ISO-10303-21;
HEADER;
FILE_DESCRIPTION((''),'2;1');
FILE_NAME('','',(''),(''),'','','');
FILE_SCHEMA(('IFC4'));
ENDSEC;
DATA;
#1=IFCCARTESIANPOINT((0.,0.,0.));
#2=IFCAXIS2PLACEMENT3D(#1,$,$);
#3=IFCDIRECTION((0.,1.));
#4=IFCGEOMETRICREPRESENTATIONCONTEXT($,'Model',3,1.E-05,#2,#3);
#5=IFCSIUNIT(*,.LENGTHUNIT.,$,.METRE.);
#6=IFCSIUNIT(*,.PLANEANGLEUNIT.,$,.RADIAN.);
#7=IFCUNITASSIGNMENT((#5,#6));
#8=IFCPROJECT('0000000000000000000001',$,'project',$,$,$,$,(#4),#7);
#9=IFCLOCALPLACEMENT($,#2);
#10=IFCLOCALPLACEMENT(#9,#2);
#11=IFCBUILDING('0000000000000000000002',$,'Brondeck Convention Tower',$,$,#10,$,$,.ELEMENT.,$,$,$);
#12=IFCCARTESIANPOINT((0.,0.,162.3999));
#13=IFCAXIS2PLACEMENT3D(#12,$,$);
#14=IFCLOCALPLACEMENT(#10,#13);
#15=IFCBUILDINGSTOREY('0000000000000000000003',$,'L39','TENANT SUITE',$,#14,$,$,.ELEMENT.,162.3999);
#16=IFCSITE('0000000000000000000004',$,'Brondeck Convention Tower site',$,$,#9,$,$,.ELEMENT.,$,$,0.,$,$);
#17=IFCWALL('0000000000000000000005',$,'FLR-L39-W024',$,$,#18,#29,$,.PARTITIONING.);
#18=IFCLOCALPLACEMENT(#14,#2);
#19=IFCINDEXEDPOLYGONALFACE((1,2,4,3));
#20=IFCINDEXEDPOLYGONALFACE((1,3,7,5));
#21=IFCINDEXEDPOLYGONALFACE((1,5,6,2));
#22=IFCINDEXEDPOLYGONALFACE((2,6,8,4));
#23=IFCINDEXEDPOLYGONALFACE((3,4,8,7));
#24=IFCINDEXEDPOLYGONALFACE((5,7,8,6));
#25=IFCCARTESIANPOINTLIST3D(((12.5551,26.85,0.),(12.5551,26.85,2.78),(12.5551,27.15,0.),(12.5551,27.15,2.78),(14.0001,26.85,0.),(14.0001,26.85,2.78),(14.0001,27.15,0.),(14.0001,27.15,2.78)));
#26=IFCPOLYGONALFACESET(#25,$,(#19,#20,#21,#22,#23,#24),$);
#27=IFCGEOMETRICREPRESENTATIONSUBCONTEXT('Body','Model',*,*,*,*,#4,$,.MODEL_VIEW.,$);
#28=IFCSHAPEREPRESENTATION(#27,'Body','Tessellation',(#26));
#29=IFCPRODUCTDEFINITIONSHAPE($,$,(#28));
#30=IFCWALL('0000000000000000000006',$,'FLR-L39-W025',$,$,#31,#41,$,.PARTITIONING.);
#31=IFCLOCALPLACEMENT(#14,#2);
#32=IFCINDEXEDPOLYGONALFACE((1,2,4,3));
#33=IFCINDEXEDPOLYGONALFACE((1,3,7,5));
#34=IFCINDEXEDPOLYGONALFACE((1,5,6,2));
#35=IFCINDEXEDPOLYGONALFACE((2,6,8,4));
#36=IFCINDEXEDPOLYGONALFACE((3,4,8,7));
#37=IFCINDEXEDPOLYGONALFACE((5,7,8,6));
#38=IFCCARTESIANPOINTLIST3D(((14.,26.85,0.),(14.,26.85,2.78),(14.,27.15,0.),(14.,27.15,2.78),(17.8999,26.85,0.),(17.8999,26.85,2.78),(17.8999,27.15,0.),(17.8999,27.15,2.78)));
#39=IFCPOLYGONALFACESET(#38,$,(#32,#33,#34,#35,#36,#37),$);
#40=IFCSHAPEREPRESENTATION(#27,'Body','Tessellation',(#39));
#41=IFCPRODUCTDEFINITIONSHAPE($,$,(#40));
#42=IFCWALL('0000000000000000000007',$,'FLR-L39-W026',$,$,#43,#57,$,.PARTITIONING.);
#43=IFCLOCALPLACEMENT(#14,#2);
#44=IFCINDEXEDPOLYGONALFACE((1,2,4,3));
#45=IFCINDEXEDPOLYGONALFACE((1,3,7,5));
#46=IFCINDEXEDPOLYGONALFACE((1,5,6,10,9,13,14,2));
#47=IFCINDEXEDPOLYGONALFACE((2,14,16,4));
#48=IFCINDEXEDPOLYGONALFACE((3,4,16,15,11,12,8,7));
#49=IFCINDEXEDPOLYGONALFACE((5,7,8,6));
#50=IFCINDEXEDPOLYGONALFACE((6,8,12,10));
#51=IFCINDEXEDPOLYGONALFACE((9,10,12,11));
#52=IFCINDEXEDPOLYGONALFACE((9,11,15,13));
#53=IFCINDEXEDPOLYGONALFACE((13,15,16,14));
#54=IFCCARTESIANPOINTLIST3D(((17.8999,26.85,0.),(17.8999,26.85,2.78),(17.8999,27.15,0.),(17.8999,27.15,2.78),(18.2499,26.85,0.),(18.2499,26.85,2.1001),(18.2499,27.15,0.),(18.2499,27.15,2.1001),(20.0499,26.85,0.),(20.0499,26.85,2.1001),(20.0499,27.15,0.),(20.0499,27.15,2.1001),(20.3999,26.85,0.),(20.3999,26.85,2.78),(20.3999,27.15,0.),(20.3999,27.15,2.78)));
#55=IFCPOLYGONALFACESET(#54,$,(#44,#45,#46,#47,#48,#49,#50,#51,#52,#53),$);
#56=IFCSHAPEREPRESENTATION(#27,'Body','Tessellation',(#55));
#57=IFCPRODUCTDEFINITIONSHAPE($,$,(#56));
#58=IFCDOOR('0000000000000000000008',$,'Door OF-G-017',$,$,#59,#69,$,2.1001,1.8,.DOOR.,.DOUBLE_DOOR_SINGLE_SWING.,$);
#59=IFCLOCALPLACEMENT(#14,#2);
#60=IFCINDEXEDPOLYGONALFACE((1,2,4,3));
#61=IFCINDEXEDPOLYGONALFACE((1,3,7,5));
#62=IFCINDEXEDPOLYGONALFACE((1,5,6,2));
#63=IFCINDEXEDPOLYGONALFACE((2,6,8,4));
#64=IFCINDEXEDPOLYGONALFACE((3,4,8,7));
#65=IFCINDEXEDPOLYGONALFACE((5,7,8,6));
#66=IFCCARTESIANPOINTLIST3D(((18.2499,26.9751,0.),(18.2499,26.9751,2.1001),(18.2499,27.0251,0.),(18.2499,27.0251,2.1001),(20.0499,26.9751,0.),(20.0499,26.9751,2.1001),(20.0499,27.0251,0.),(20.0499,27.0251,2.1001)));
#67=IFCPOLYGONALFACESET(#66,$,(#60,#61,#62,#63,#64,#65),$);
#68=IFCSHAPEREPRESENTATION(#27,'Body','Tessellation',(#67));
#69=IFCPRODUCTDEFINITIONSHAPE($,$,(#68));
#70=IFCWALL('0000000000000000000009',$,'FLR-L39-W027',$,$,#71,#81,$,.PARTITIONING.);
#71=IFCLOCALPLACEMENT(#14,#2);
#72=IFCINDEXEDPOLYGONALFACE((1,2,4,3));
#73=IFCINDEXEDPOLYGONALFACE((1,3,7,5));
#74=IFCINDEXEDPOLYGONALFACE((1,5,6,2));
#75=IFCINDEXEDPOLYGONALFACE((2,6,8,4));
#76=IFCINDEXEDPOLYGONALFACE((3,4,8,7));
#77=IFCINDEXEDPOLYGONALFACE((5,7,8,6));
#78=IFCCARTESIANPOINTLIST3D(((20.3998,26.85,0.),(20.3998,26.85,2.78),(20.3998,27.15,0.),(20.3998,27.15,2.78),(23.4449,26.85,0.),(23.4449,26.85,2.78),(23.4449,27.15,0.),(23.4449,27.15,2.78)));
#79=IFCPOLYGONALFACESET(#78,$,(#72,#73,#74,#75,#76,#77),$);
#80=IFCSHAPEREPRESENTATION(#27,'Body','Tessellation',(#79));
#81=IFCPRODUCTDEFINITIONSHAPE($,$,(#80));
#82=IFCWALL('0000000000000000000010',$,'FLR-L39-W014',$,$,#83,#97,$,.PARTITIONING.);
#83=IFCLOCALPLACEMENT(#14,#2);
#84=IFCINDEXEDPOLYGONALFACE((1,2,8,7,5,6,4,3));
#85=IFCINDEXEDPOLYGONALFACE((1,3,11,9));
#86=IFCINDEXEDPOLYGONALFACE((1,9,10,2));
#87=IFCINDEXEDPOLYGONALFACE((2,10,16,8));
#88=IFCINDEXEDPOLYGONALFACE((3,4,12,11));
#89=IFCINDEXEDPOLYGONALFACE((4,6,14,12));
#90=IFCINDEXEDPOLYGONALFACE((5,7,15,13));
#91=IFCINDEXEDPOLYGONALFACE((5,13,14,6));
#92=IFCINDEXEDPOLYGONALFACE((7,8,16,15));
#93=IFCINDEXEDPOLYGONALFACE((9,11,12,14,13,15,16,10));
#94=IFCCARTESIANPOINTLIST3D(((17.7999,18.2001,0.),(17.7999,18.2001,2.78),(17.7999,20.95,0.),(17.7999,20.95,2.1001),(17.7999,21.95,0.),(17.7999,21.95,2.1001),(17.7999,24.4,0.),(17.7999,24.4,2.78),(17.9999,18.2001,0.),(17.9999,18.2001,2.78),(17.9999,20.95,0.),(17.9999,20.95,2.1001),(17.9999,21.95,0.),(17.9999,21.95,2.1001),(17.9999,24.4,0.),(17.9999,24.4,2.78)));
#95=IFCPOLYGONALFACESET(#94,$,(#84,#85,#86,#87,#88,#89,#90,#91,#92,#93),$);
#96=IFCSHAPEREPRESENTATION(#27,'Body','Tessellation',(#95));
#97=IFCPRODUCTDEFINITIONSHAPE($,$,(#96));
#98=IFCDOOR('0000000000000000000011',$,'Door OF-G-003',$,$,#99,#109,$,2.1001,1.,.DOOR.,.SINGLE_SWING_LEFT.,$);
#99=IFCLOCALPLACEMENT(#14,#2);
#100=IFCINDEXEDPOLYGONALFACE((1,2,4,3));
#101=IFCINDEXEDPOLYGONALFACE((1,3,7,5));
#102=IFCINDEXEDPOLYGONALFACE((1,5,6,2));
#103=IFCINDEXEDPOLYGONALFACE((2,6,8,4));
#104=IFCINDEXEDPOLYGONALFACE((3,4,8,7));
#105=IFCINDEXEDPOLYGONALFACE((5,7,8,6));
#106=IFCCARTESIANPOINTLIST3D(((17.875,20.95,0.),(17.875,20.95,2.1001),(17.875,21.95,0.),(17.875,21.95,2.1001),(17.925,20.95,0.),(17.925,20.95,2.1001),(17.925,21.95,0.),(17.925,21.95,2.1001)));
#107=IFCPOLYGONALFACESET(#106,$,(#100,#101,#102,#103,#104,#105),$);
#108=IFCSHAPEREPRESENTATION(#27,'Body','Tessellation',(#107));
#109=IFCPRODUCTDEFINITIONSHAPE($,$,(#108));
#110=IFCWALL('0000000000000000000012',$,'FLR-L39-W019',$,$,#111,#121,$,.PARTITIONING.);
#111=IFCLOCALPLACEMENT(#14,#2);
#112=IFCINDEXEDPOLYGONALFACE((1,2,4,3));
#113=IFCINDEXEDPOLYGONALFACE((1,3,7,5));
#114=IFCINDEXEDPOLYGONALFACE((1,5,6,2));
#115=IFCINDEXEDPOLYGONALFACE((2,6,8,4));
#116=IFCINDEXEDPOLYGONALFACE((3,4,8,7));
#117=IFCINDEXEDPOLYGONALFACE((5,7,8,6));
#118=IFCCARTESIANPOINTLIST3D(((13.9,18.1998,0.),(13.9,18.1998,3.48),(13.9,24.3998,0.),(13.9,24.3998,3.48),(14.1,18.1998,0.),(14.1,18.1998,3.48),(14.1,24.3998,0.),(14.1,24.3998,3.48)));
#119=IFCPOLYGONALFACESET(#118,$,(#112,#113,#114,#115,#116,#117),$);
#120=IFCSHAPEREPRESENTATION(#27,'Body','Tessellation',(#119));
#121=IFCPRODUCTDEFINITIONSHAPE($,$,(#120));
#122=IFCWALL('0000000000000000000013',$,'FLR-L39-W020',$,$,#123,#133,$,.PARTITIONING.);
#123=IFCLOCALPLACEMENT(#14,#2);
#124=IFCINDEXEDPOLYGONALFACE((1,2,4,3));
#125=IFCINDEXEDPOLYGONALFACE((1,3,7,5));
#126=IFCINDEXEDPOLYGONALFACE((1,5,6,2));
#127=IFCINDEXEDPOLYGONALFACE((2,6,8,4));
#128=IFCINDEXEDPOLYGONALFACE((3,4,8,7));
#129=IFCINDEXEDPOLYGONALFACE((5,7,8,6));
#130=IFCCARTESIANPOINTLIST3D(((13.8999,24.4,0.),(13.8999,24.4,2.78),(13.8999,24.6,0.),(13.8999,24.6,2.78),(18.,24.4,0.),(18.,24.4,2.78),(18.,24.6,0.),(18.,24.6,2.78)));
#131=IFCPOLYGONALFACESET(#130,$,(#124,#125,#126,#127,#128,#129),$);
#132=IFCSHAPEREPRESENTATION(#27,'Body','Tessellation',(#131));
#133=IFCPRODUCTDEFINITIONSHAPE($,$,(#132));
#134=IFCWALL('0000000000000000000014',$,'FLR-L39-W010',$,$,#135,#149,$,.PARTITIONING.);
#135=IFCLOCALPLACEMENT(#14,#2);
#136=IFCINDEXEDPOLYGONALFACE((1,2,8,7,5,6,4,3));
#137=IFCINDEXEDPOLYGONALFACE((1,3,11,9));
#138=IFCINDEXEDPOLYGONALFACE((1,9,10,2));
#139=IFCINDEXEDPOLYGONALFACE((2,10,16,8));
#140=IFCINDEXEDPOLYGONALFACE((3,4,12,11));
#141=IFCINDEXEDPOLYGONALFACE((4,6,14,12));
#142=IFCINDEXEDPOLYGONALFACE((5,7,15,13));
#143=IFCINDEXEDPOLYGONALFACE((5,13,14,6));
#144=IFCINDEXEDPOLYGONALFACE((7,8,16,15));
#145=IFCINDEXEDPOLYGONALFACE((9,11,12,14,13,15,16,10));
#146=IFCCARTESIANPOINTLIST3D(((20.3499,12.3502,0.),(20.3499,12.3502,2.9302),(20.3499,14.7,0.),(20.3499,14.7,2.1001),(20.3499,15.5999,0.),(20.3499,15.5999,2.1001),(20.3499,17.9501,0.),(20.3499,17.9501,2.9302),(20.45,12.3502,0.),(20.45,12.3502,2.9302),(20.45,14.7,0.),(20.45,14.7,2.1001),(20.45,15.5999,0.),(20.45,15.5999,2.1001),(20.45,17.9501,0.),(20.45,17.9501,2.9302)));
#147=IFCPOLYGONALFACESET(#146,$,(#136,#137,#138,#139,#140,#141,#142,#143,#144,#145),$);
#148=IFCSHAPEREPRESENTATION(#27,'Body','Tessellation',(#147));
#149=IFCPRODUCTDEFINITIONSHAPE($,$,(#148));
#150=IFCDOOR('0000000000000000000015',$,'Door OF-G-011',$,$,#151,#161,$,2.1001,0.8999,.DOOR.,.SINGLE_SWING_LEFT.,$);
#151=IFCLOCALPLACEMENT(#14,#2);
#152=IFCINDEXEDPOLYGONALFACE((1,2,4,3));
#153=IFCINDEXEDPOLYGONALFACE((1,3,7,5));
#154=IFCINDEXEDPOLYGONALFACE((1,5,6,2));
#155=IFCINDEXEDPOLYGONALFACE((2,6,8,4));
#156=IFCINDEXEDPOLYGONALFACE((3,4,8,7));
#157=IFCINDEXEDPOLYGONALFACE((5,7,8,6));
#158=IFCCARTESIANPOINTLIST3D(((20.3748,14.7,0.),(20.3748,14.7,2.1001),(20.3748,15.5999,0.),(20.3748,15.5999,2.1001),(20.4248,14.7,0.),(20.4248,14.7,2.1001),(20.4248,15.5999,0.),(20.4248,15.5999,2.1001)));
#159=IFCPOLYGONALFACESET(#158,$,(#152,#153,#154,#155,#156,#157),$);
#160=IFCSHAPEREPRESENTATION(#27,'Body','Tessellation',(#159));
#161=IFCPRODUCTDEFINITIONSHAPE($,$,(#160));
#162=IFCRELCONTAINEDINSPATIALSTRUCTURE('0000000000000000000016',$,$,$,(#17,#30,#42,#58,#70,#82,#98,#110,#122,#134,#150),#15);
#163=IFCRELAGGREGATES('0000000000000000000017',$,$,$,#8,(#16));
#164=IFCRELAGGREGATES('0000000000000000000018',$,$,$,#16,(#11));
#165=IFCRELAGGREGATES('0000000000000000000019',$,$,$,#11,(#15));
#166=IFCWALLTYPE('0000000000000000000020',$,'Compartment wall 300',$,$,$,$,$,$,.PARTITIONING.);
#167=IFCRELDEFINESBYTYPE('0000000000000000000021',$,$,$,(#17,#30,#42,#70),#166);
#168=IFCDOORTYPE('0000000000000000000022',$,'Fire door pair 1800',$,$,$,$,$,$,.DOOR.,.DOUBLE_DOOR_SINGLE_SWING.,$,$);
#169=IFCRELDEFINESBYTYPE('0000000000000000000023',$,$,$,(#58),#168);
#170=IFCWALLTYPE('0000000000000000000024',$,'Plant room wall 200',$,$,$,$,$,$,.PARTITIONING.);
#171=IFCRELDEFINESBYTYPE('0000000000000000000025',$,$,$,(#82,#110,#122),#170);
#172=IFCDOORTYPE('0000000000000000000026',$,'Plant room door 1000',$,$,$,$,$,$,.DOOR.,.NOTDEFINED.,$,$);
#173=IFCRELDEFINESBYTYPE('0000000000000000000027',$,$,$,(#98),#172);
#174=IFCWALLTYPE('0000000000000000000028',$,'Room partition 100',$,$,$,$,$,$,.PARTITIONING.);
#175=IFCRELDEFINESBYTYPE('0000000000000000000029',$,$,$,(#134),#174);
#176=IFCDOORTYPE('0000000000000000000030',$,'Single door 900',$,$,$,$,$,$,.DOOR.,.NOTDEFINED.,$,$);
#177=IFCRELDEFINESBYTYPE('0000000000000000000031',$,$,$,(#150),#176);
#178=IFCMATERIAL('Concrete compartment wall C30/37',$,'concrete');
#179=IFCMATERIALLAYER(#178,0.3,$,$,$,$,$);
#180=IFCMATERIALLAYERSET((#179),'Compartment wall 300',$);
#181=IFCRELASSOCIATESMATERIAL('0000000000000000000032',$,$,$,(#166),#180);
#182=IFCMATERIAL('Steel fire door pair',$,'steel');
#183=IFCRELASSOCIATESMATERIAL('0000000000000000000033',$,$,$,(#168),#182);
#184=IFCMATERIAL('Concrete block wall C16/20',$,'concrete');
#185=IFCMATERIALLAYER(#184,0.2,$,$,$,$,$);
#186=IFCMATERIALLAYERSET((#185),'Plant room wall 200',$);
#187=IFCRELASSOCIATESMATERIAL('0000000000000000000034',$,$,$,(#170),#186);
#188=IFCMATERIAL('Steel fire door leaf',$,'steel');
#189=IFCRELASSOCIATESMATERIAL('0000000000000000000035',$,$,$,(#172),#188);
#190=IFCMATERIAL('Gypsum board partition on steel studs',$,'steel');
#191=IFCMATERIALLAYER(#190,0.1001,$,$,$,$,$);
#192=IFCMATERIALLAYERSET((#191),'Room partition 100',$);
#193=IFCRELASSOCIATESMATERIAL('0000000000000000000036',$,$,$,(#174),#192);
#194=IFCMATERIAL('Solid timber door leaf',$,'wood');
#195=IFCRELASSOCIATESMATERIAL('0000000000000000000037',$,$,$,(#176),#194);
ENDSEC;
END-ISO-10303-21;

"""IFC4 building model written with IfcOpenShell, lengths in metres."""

from ifc_helpers import new_model, si_unit, direction, frame, frame_2d, origin, place, context, subcontext, project, spatial, rectangle, extrude, material, layer, layer_set, type_object, element, fill, save


model = new_model("IFC4")

# Units and contexts
model_context = context("Model", 3, precision=1e-05, world=origin(), true_north=direction((0.0, 1.0)))
body_context = subcontext(model_context, "Body", "Model", "MODEL_VIEW")
ifc_project = project(units=[si_unit("LENGTHUNIT", "METRE"), si_unit("PLANEANGLEUNIT", "RADIAN")], contexts=[model_context])

# Site, building, storey
site_placement = place(None, origin())
site = spatial("IfcSite", under=ifc_project, at=site_placement, Name="Brondeck Convention Tower site", CompositionType="ELEMENT", RefElevation=0.0)
building_placement = place(site_placement, origin())
building = spatial("IfcBuilding", under=site, at=building_placement, Name="Brondeck Convention Tower", CompositionType="ELEMENT")
storey_placement = place(building_placement, frame((0.0, 0.0, 162.3999)))
storey = spatial("IfcBuildingStorey", under=building, at=storey_placement, Name="L39", Description="TENANT SUITE", CompositionType="ELEMENT", Elevation=162.3999)

# Walls
ifc_material_1 = material(Name="Concrete compartment wall C30/37", Category="concrete")
ifc_layer_1 = layer(ifc_material_1, 0.3)
ifc_layer_set_1 = layer_set([ifc_layer_1], Name="Compartment wall 300")
wall_type_1 = type_object("IfcWallType", Name="Compartment wall 300", PredefinedType="PARTITIONING", material=ifc_layer_set_1)
wall_1_placement = place(storey_placement, frame((12.5549, 27.0, 0.0), z_axis=(0.0, 0.0, 1.0), x_axis=(1.0, 0.0, 0.0)))
element("IfcWall", 1, at=wall_1_placement, inside=storey, type_object=wall_type_1, Name="FLR-L39-W024", PredefinedType="PARTITIONING", context=body_context, shape_type="SweptSolid", body=[
    extrude(rectangle(XDim=1.4451, YDim=0.3, at=frame_2d((0.7227, 0.0))), origin(), (0.0, 0.0, 1.0), 2.78),
])
wall_2_placement = place(storey_placement, frame((14.0, 27.0, 0.0), z_axis=(0.0, 0.0, 1.0), x_axis=(1.0, 0.0, 0.0)))
element("IfcWall", 2, at=wall_2_placement, inside=storey, type_object=wall_type_1, Name="FLR-L39-W025", PredefinedType="PARTITIONING", context=body_context, shape_type="SweptSolid", body=[
    extrude(rectangle(XDim=3.8999, YDim=0.3, at=frame_2d((1.95, 0.0))), origin(), (0.0, 0.0, 1.0), 2.78),
])

# Wall, opening, door
wall_3_placement = place(storey_placement, frame((20.3999, 27.0, 0.0), z_axis=(0.0, 0.0, 1.0), x_axis=(-1.0, 0.0, 0.0)))
wall_3 = element("IfcWall", 3, at=wall_3_placement, inside=storey, type_object=wall_type_1, Name="FLR-L39-W026", PredefinedType="PARTITIONING", context=body_context, shape_type="SweptSolid", body=[
    extrude(rectangle(XDim=2.5, YDim=0.3, at=frame_2d((1.25, 0.0))), origin(), (0.0, 0.0, 1.0), 2.78),
])
opening_1_placement = place(wall_3_placement, frame((0.3501, 0.0, 0.0)))
opening_1 = element("IfcOpeningElement", 4, at=opening_1_placement, cuts=wall_3, PredefinedType="OPENING", context=body_context, shape_type="SweptSolid", body=[
    extrude(rectangle(XDim=1.8, YDim=2.1001, at=frame_2d((0.8999, 1.05))), frame((0.0, 0.1599, 0.0), z_axis=(0.0, -1.0, 0.0), x_axis=(1.0, 0.0, 0.0)), (0.0, 0.0, 1.0), 0.3201),
])
ifc_material_2 = material(Name="Steel fire door pair", Category="steel")
door_type_1 = type_object("IfcDoorType", Name="Fire door pair 1800", OperationType="DOUBLE_DOOR_SINGLE_SWING", PredefinedType="DOOR", material=ifc_material_2)
door_1_placement = place(opening_1_placement, origin())
door_1 = element("IfcDoor", 5, at=door_1_placement, inside=storey, type_object=door_type_1, Name="Door OF-G-017", OperationType="DOUBLE_DOOR_SINGLE_SWING", OverallHeight=2.1001, OverallWidth=1.8, PredefinedType="DOOR", context=body_context, shape_type="SweptSolid", body=[
    extrude(rectangle(XDim=1.8, YDim=2.1001, at=frame_2d((0.8999, 1.05))), frame((0.0, 0.0249, 0.0), z_axis=(0.0, -1.0, 0.0), x_axis=(1.0, 0.0, 0.0)), (0.0, 0.0, 1.0), 0.05),
])
fill(opening_1, door_1)

# Wall
wall_4_placement = place(storey_placement, frame((20.3999, 27.0, 0.0), z_axis=(0.0, 0.0, 1.0), x_axis=(1.0, 0.0, 0.0)))
element("IfcWall", 6, at=wall_4_placement, inside=storey, type_object=wall_type_1, Name="FLR-L39-W027", PredefinedType="PARTITIONING", context=body_context, shape_type="SweptSolid", body=[
    extrude(rectangle(XDim=3.0452, YDim=0.3, at=frame_2d((1.5225, 0.0))), origin(), (0.0, 0.0, 1.0), 2.78),
])

# Wall, opening, door
ifc_material_3 = material(Name="Concrete block wall C16/20", Category="concrete")
ifc_layer_2 = layer(ifc_material_3, 0.2)
ifc_layer_set_2 = layer_set([ifc_layer_2], Name="Plant room wall 200")
wall_type_2 = type_object("IfcWallType", Name="Plant room wall 200", PredefinedType="PARTITIONING", material=ifc_layer_set_2)
wall_5_placement = place(storey_placement, frame((17.8999, 18.2, 0.0), z_axis=(0.0, 0.0, 1.0), x_axis=(0.0, 1.0, 0.0)))
wall_5 = element("IfcWall", 7, at=wall_5_placement, inside=storey, type_object=wall_type_2, Name="FLR-L39-W014", PredefinedType="PARTITIONING", context=body_context, shape_type="SweptSolid", body=[
    extrude(rectangle(XDim=6.2, YDim=0.2, at=frame_2d((3.1001, 0.0))), origin(), (0.0, 0.0, 1.0), 2.78),
])
opening_2_placement = place(wall_5_placement, frame((2.75, 0.0, 0.0)))
opening_2 = element("IfcOpeningElement", 8, at=opening_2_placement, cuts=wall_5, PredefinedType="OPENING", context=body_context, shape_type="SweptSolid", body=[
    extrude(rectangle(XDim=1.0, YDim=2.1001, at=frame_2d((0.5, 1.05))), frame((0.0, 0.1099, 0.0), z_axis=(0.0, -1.0, 0.0), x_axis=(1.0, 0.0, 0.0)), (0.0, 0.0, 1.0), 0.22),
])
ifc_material_4 = material(Name="Steel fire door leaf", Category="steel")
door_type_2 = type_object("IfcDoorType", Name="Plant room door 1000", OperationType="NOTDEFINED", PredefinedType="DOOR", material=ifc_material_4)
door_2_placement = place(opening_2_placement, origin())
door_2 = element("IfcDoor", 9, at=door_2_placement, inside=storey, type_object=door_type_2, Name="Door OF-G-003", OperationType="SINGLE_SWING_LEFT", OverallHeight=2.1001, OverallWidth=1.0, PredefinedType="DOOR", context=body_context, shape_type="SweptSolid", body=[
    extrude(rectangle(XDim=1.0, YDim=2.1001, at=frame_2d((0.5, 1.05))), frame((0.0, 0.0249, 0.0), z_axis=(0.0, -1.0, 0.0), x_axis=(1.0, 0.0, 0.0)), (0.0, 0.0, 1.0), 0.05),
])
fill(opening_2, door_2)

# Walls
wall_6_placement = place(storey_placement, frame((14.0, 24.3999, 0.0), z_axis=(0.0, 0.0, 1.0), x_axis=(0.0, -1.0, 0.0)))
element("IfcWall", 10, at=wall_6_placement, inside=storey, type_object=wall_type_2, Name="FLR-L39-W019", PredefinedType="PARTITIONING", context=body_context, shape_type="SweptSolid", body=[
    extrude(rectangle(XDim=6.2, YDim=0.2, at=frame_2d((3.1001, 0.0))), origin(), (0.0, 0.0, 1.0), 3.48),
])
wall_7_placement = place(storey_placement, frame((18.0, 24.5, 0.0), z_axis=(0.0, 0.0, 1.0), x_axis=(-1.0, 0.0, 0.0)))
element("IfcWall", 11, at=wall_7_placement, inside=storey, type_object=wall_type_2, Name="FLR-L39-W020", PredefinedType="PARTITIONING", context=body_context, shape_type="SweptSolid", body=[
    extrude(rectangle(XDim=4.1001, YDim=0.2, at=frame_2d((2.05, 0.0))), origin(), (0.0, 0.0, 1.0), 2.78),
])

# Wall, opening, door
ifc_material_5 = material(Name="Gypsum board partition on steel studs", Category="steel")
ifc_layer_3 = layer(ifc_material_5, 0.1001)
ifc_layer_set_3 = layer_set([ifc_layer_3], Name="Room partition 100")
wall_type_3 = type_object("IfcWallType", Name="Room partition 100", PredefinedType="PARTITIONING", material=ifc_layer_set_3)
wall_8_placement = place(storey_placement, frame((20.3999, 17.95, 0.0), z_axis=(0.0, 0.0, 1.0), x_axis=(0.0, -1.0, 0.0)))
wall_8 = element("IfcWall", 12, at=wall_8_placement, inside=storey, type_object=wall_type_3, Name="FLR-L39-W010", PredefinedType="PARTITIONING", context=body_context, shape_type="SweptSolid", body=[
    extrude(rectangle(XDim=5.5999, YDim=0.1001, at=frame_2d((2.7998, 0.0))), origin(), (0.0, 0.0, 1.0), 2.9302),
])
opening_3_placement = place(wall_8_placement, frame((2.3501, 0.0, 0.0)))
opening_3 = element("IfcOpeningElement", 13, at=opening_3_placement, cuts=wall_8, PredefinedType="OPENING", context=body_context, shape_type="SweptSolid", body=[
    extrude(rectangle(XDim=0.8999, YDim=2.1001, at=frame_2d((0.45, 1.05))), frame((0.0, 0.0601, 0.0), z_axis=(0.0, -1.0, 0.0), x_axis=(1.0, 0.0, 0.0)), (0.0, 0.0, 1.0), 0.1201),
])
ifc_material_6 = material(Name="Solid timber door leaf", Category="wood")
door_type_3 = type_object("IfcDoorType", Name="Single door 900", OperationType="NOTDEFINED", PredefinedType="DOOR", material=ifc_material_6)
door_3_placement = place(opening_3_placement, origin())
door_3 = element("IfcDoor", 14, at=door_3_placement, inside=storey, type_object=door_type_3, Name="Door OF-G-011", OperationType="SINGLE_SWING_LEFT", OverallHeight=2.1001, OverallWidth=0.8999, PredefinedType="DOOR", context=body_context, shape_type="SweptSolid", body=[
    extrude(rectangle(XDim=0.8999, YDim=2.1001, at=frame_2d((0.45, 1.05))), frame((0.0, 0.0249, 0.0), z_axis=(0.0, -1.0, 0.0), x_axis=(1.0, 0.0, 0.0)), (0.0, 0.0, 1.0), 0.05),
])
fill(opening_3, door_3)

save(model, "model.ifc")
